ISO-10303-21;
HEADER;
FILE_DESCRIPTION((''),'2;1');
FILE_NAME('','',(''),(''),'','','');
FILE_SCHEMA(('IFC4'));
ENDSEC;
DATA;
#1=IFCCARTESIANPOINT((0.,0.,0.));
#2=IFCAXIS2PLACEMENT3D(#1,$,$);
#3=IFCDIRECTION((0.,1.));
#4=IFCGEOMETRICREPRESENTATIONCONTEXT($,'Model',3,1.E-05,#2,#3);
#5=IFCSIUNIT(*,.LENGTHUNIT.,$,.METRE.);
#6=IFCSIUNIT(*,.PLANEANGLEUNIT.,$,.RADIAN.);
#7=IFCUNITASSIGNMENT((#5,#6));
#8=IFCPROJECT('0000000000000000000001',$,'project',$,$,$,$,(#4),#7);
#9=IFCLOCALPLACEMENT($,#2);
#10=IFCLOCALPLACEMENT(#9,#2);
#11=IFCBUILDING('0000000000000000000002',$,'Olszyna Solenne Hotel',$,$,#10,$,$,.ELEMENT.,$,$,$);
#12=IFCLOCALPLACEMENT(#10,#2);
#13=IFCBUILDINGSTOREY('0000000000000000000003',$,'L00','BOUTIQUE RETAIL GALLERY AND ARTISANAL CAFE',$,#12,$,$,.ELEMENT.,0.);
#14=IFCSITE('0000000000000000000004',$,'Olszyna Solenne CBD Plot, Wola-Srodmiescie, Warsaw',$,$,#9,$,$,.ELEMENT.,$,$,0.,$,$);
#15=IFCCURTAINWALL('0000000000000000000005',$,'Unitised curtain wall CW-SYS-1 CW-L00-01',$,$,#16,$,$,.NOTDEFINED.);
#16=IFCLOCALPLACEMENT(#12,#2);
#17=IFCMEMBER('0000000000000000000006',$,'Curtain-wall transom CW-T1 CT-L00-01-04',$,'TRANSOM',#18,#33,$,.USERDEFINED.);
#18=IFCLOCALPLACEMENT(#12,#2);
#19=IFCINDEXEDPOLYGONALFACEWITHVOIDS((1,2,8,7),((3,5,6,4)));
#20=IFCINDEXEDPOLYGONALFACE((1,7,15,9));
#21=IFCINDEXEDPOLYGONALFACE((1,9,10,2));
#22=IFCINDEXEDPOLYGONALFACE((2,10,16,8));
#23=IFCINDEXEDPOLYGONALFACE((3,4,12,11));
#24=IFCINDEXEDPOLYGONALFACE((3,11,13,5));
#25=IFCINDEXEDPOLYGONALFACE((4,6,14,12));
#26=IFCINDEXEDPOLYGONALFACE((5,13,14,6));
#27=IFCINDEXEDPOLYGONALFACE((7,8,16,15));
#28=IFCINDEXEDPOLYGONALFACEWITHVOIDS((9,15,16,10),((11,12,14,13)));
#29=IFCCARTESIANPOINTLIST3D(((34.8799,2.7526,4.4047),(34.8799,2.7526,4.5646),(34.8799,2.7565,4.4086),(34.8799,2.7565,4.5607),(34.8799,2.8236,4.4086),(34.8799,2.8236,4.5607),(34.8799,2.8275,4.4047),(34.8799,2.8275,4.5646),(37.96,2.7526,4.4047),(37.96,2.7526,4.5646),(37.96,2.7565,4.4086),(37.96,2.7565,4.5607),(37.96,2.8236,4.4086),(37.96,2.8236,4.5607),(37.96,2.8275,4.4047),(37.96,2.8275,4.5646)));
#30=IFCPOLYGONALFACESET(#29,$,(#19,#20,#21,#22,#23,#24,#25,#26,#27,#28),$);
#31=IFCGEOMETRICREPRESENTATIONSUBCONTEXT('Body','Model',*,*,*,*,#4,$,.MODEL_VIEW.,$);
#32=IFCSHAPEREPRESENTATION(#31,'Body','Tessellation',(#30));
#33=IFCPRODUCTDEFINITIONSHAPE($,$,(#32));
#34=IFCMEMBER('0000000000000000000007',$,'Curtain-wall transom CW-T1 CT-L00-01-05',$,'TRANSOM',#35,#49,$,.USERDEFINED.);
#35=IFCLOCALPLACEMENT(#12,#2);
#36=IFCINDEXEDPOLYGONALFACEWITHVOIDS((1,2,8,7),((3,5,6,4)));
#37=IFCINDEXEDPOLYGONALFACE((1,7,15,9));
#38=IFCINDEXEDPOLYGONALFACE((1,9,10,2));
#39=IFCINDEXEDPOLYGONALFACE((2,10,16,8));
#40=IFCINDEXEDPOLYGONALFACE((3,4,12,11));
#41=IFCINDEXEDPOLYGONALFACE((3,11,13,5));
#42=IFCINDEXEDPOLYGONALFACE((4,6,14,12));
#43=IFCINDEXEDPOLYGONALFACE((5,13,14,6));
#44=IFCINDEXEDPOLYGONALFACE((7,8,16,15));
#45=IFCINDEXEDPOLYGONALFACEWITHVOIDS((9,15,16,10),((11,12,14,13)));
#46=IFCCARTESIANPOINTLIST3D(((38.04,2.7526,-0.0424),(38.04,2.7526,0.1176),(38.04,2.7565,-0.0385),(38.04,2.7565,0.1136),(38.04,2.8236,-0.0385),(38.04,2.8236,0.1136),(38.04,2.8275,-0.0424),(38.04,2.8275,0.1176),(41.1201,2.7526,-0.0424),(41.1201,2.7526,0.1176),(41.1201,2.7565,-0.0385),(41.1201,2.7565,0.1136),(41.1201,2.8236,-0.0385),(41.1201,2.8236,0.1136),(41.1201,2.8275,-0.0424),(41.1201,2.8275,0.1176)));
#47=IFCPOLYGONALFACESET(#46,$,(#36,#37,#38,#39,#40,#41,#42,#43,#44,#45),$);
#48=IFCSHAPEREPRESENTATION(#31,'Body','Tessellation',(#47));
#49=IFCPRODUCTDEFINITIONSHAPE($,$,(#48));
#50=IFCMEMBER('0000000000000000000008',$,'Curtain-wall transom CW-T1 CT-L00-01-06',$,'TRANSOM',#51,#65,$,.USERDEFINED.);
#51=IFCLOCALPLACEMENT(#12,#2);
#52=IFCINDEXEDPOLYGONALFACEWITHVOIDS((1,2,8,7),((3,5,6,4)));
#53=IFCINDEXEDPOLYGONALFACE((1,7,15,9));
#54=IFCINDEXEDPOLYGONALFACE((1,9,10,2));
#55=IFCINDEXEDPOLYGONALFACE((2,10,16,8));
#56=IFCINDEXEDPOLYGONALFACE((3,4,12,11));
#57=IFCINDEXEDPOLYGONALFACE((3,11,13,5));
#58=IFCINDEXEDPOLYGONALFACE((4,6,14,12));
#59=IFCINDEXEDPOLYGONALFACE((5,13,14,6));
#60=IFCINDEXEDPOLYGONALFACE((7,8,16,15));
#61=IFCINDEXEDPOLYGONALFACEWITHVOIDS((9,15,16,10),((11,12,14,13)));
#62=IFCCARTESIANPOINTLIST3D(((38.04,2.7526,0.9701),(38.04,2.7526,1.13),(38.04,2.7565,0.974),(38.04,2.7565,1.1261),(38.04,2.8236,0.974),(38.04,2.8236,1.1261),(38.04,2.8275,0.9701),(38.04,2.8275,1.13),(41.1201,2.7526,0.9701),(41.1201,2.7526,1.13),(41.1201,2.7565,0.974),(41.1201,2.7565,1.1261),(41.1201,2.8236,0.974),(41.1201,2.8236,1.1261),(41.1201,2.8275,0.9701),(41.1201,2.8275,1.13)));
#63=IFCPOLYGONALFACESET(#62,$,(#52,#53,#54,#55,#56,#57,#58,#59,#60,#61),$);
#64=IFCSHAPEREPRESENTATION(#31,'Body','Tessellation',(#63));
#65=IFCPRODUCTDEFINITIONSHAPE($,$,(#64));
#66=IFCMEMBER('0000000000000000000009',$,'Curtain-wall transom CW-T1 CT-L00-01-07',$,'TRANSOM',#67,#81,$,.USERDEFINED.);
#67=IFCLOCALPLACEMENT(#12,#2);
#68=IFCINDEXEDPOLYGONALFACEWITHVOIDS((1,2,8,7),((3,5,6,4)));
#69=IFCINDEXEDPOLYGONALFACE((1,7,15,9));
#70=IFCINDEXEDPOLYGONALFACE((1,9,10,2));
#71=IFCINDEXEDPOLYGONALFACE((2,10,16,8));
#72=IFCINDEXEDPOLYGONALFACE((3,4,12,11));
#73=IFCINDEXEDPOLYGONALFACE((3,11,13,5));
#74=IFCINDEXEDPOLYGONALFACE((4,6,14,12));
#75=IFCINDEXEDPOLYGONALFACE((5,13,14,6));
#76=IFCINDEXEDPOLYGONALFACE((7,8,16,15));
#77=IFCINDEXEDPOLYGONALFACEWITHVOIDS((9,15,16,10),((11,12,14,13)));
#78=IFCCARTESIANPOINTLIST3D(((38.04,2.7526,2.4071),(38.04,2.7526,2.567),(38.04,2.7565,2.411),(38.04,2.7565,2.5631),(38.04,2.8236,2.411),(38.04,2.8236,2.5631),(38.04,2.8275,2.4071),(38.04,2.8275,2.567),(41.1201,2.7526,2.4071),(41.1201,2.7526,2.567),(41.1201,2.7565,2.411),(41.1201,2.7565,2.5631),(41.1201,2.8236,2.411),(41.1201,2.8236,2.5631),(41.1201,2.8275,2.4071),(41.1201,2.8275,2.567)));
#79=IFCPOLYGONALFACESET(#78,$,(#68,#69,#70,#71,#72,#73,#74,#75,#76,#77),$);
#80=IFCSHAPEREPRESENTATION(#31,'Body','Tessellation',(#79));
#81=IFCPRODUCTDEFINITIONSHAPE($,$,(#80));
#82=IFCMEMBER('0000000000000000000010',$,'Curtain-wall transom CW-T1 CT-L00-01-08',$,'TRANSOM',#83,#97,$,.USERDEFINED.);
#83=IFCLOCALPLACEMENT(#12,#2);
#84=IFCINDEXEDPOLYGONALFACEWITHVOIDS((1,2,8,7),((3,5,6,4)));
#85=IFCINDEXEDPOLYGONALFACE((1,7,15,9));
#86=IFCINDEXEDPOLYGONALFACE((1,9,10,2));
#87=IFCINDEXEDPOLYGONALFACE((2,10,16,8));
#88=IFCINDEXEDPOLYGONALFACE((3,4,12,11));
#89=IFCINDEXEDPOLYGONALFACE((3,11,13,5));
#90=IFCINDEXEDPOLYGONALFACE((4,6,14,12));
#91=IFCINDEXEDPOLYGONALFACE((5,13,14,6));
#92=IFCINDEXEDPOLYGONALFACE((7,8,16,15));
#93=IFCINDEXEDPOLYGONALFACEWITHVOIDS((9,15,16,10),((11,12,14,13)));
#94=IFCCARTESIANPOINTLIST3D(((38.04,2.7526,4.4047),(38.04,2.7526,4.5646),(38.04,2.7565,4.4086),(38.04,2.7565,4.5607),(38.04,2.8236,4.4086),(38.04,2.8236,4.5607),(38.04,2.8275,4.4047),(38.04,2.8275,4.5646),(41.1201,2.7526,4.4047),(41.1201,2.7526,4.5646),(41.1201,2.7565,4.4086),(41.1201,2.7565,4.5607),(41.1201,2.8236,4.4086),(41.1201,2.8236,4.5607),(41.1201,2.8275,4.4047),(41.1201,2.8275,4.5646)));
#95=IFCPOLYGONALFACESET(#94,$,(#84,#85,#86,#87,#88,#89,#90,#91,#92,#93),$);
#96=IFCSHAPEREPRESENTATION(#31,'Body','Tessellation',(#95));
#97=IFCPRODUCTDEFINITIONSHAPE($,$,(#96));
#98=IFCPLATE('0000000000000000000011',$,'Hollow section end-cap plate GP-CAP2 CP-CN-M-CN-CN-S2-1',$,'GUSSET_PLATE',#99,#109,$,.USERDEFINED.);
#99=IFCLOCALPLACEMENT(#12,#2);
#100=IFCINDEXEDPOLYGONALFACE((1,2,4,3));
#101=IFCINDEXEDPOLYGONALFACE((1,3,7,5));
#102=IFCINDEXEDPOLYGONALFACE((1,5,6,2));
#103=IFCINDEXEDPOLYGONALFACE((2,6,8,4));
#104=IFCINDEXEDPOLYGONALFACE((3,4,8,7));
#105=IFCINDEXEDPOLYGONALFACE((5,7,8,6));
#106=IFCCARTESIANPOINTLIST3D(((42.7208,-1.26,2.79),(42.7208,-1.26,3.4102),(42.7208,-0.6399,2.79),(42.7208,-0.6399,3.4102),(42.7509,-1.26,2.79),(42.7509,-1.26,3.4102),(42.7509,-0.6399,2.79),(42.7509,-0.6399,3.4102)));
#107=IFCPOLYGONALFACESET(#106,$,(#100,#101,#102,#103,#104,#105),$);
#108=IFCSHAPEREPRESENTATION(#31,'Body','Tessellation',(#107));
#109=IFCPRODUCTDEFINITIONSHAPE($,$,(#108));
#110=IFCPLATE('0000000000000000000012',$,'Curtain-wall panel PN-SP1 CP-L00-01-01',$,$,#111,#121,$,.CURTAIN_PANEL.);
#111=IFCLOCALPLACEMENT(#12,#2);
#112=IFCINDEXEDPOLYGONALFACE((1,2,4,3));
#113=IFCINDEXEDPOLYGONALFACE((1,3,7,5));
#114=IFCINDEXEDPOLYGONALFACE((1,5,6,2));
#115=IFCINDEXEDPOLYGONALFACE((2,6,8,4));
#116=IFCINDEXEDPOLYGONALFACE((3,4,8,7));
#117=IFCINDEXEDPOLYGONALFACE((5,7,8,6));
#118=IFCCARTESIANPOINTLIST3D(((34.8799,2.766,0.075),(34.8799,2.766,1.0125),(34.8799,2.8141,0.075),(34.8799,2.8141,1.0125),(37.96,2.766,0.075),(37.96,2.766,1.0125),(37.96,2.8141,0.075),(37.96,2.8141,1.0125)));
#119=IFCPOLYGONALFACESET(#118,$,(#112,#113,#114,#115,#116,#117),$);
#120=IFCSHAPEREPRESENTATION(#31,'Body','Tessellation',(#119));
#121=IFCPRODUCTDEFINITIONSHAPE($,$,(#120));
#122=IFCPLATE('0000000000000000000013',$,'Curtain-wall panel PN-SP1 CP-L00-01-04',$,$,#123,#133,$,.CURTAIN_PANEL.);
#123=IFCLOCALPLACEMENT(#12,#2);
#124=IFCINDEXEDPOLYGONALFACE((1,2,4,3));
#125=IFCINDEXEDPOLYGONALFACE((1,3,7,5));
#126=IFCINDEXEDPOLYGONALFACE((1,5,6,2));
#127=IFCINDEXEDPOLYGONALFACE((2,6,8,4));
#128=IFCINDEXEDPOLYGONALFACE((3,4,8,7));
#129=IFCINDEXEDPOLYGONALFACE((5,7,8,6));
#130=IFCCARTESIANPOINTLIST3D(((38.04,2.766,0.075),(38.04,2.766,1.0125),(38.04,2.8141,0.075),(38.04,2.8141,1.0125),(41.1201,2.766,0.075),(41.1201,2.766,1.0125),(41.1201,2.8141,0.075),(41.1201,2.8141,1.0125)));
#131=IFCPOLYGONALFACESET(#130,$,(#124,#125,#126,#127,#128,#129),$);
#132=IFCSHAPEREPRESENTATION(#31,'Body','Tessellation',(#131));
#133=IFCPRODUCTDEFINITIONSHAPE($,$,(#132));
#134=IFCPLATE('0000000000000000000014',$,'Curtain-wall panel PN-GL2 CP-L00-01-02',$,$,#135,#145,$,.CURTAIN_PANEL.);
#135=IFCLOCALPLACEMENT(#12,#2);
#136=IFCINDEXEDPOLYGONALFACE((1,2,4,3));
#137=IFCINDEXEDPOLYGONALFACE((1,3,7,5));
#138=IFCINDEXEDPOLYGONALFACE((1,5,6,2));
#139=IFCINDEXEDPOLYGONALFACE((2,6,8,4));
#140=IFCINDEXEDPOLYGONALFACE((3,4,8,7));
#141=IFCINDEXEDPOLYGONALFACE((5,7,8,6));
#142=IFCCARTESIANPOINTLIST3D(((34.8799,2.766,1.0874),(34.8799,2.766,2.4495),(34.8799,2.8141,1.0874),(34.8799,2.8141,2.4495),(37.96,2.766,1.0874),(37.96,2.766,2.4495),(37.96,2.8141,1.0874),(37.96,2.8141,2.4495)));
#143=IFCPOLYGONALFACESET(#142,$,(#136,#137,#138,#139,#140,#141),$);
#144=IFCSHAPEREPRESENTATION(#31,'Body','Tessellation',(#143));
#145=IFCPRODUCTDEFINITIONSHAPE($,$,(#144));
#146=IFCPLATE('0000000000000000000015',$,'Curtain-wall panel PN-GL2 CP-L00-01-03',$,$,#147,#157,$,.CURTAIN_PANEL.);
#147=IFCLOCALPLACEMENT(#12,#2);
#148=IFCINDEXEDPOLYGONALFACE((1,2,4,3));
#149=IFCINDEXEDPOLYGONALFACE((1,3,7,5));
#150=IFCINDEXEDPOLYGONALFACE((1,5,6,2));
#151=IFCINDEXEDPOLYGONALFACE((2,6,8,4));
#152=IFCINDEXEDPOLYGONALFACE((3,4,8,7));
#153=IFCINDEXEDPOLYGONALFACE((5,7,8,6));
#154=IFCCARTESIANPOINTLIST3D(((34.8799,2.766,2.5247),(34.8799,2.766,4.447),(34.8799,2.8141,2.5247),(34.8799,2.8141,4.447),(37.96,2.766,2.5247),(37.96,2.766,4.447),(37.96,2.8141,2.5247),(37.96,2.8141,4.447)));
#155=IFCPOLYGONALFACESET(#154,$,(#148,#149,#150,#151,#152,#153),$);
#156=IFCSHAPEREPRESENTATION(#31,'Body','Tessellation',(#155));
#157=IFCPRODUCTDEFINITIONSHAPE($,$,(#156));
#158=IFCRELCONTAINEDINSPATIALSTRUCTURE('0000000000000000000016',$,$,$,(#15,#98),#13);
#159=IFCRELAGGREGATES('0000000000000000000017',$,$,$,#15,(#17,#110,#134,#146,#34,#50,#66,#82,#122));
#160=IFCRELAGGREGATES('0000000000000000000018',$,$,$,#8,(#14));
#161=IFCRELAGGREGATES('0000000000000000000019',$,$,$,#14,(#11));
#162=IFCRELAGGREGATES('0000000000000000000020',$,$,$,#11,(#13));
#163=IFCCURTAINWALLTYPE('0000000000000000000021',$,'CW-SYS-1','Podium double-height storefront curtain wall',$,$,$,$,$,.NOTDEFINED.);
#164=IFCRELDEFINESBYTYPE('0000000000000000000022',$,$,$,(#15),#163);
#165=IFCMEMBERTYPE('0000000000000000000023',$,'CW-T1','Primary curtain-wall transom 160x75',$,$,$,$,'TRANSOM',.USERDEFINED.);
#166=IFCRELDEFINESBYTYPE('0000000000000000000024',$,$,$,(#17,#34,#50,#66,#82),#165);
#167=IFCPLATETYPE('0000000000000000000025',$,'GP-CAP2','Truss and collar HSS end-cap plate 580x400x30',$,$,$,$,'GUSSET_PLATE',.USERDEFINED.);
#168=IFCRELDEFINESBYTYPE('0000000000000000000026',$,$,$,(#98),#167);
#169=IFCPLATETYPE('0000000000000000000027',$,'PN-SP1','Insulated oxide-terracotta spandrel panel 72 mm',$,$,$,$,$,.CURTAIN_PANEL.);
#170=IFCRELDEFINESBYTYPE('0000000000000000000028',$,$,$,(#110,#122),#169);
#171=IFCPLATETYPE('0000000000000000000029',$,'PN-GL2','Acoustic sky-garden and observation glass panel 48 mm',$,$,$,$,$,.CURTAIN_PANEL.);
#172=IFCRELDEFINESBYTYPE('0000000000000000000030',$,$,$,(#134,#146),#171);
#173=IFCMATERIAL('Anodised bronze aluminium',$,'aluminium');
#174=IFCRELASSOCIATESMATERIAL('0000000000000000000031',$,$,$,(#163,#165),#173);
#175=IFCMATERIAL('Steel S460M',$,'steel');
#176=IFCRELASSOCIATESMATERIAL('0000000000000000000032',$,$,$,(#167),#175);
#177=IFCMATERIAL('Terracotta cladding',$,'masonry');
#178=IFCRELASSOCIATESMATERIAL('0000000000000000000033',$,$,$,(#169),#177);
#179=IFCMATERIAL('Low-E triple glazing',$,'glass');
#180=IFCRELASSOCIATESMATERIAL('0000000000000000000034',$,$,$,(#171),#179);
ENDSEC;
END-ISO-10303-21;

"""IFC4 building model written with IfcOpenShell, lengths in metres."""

from ifc_helpers import new_model, si_unit, direction, frame, origin, origin_2d, place, context, subcontext, project, spatial, rectangle, hollow_rectangle, extrude, source, transform, mapped, material, material_profile, profile_set, type_object, element, aggregate, save


model = new_model("IFC4")

# Units and contexts
model_context = context("Model", 3, precision=1e-05, world=origin(), true_north=direction((0.0, 1.0)))
body_context = subcontext(model_context, "Body", "Model", "MODEL_VIEW")
ifc_project = project(units=[si_unit("LENGTHUNIT", "METRE"), si_unit("PLANEANGLEUNIT", "RADIAN")], contexts=[model_context])

# Site, building, storey
site_placement = place(None, origin())
site = spatial("IfcSite", under=ifc_project, at=site_placement, Name="Olszyna Solenne CBD Plot, Wola-Srodmiescie, Warsaw", CompositionType="ELEMENT", RefElevation=0.0)
building_placement = place(site_placement, origin())
building = spatial("IfcBuilding", under=site, at=building_placement, Name="Olszyna Solenne Hotel", CompositionType="ELEMENT")
storey_placement = place(building_placement, origin())
storey = spatial("IfcBuildingStorey", under=building, at=storey_placement, Name="L00", Description="BOUTIQUE RETAIL GALLERY AND ARTISANAL CAFE", CompositionType="ELEMENT", Elevation=0.0)

# Curtain wall, members
ifc_material_1 = material(Name="Anodised bronze aluminium", Category="aluminium")
curtain_wall_type = type_object("IfcCurtainWallType", Name="CW-SYS-1", Description="Podium double-height storefront curtain wall", PredefinedType="NOTDEFINED", material=ifc_material_1)
curtain_wall_placement = place(storey_placement, origin())
curtain_wall = element("IfcCurtainWall", 1, at=curtain_wall_placement, inside=storey, type_object=curtain_wall_type, Name="Unitised curtain wall CW-SYS-1 CW-L00-01", PredefinedType="NOTDEFINED")
ifc_material_profile_1 = material_profile(ifc_material_1, hollow_rectangle(XDim=0.075, YDim=0.1599, WallThickness=0.0039, at=origin_2d()), Name="TRAN 160x75x4", Category="load-bearing")
ifc_profile_set_1 = profile_set([ifc_material_profile_1], Name="Anodised bronze aluminium")
member_type_1 = type_object("IfcMemberType", Name="CW-T1", Description="Primary curtain-wall transom 160x75", ElementType="TRANSOM", PredefinedType="USERDEFINED", material=ifc_profile_set_1)
shared_shape_1 = source(origin(), body_context, "Body", "SweptSolid", [
    extrude(hollow_rectangle(XDim=0.075, YDim=0.1599, WallThickness=0.0039, at=origin_2d()), origin(), (0.0, 0.0, 1.0), 3.0801),
])
member_1_placement = place(storey_placement, frame((34.8799, 2.79, 4.4846), z_axis=(1.0, 0.0, 0.0), x_axis=(0.0, 1.0, 0.0)))
member_1 = element("IfcMember", 2, at=member_1_placement, type_object=member_type_1, Name="Curtain-wall transom CW-T1 CT-L00-01-04", ObjectType="TRANSOM", PredefinedType="USERDEFINED", context=body_context, shape_type="MappedRepresentation", body=[
    mapped(shared_shape_1, transform((0.0, 0.0, 0.0), x_axis=(1.0, 0.0, 0.0), y_axis=(0.0, 1.0, 0.0), z_axis=(0.0, 0.0, 1.0), scale=1.0)),
])
member_2_placement = place(storey_placement, frame((38.04, 2.79, 0.0376), z_axis=(1.0, 0.0, 0.0), x_axis=(0.0, 1.0, 0.0)))
member_2 = element("IfcMember", 3, at=member_2_placement, type_object=member_type_1, Name="Curtain-wall transom CW-T1 CT-L00-01-05", ObjectType="TRANSOM", PredefinedType="USERDEFINED", context=body_context, shape_type="MappedRepresentation", body=[
    mapped(shared_shape_1, transform((0.0, 0.0, 0.0), x_axis=(1.0, 0.0, 0.0), y_axis=(0.0, 1.0, 0.0), z_axis=(0.0, 0.0, 1.0), scale=1.0)),
])
member_3_placement = place(storey_placement, frame((38.04, 2.79, 1.05), z_axis=(1.0, 0.0, 0.0), x_axis=(0.0, 1.0, 0.0)))
member_3 = element("IfcMember", 4, at=member_3_placement, type_object=member_type_1, Name="Curtain-wall transom CW-T1 CT-L00-01-06", ObjectType="TRANSOM", PredefinedType="USERDEFINED", context=body_context, shape_type="MappedRepresentation", body=[
    mapped(shared_shape_1, transform((0.0, 0.0, 0.0), x_axis=(1.0, 0.0, 0.0), y_axis=(0.0, 1.0, 0.0), z_axis=(0.0, 0.0, 1.0), scale=1.0)),
])
member_4_placement = place(storey_placement, frame((38.04, 2.79, 2.4871), z_axis=(1.0, 0.0, 0.0), x_axis=(0.0, 1.0, 0.0)))
member_4 = element("IfcMember", 5, at=member_4_placement, type_object=member_type_1, Name="Curtain-wall transom CW-T1 CT-L00-01-07", ObjectType="TRANSOM", PredefinedType="USERDEFINED", context=body_context, shape_type="MappedRepresentation", body=[
    mapped(shared_shape_1, transform((0.0, 0.0, 0.0), x_axis=(1.0, 0.0, 0.0), y_axis=(0.0, 1.0, 0.0), z_axis=(0.0, 0.0, 1.0), scale=1.0)),
])
member_5_placement = place(storey_placement, frame((38.04, 2.79, 4.4846), z_axis=(1.0, 0.0, 0.0), x_axis=(0.0, 1.0, 0.0)))
member_5 = element("IfcMember", 6, at=member_5_placement, type_object=member_type_1, Name="Curtain-wall transom CW-T1 CT-L00-01-08", ObjectType="TRANSOM", PredefinedType="USERDEFINED", context=body_context, shape_type="MappedRepresentation", body=[
    mapped(shared_shape_1, transform((0.0, 0.0, 0.0), x_axis=(1.0, 0.0, 0.0), y_axis=(0.0, 1.0, 0.0), z_axis=(0.0, 0.0, 1.0), scale=1.0)),
])

# Plates
ifc_material_2 = material(Name="Steel S460M", Category="steel")
plate_type_1 = type_object("IfcPlateType", Name="GP-CAP2", Description="Truss and collar HSS end-cap plate 580x400x30", ElementType="GUSSET_PLATE", PredefinedType="USERDEFINED", material=ifc_material_2)
shared_shape_2 = source(origin(), body_context, "Body", "SweptSolid", [
    extrude(rectangle(XDim=0.03, YDim=0.6201, at=origin_2d()), origin(), (0.0, 0.0, 1.0), 0.6201),
])
plate_1_placement = place(storey_placement, frame((42.7358, -0.95, 2.79), z_axis=(0.0, 0.0, 1.0), x_axis=(1.0, 0.0, 0.0)))
element("IfcPlate", 7, at=plate_1_placement, inside=storey, type_object=plate_type_1, Name="Hollow section end-cap plate GP-CAP2 CP-CN-M-CN-CN-S2-1", ObjectType="GUSSET_PLATE", PredefinedType="USERDEFINED", context=body_context, shape_type="MappedRepresentation", body=[
    mapped(shared_shape_2, transform((0.0, 0.0, 0.0), x_axis=(1.0, 0.0, 0.0), y_axis=(0.0, 1.0, 0.0), z_axis=(0.0, 0.0, 1.0), scale=1.0)),
])
ifc_material_3 = material(Name="Terracotta cladding", Category="masonry")
plate_type_2 = type_object("IfcPlateType", Name="PN-SP1", Description="Insulated oxide-terracotta spandrel panel 72 mm", PredefinedType="CURTAIN_PANEL", material=ifc_material_3)
shared_shape_3 = source(origin(), body_context, "Body", "SweptSolid", [
    extrude(rectangle(XDim=3.0801, YDim=0.0481, at=origin_2d()), origin(), (0.0, 0.0, 1.0), 0.9375),
])
plate_2_placement = place(storey_placement, frame((36.4199, 2.79, 0.075), z_axis=(0.0, 0.0, 1.0), x_axis=(1.0, 0.0, 0.0)))
plate_2 = element("IfcPlate", 8, at=plate_2_placement, type_object=plate_type_2, Name="Curtain-wall panel PN-SP1 CP-L00-01-01", PredefinedType="CURTAIN_PANEL", context=body_context, shape_type="MappedRepresentation", body=[
    mapped(shared_shape_3, transform((0.0, 0.0, 0.0), x_axis=(1.0, 0.0, 0.0), y_axis=(0.0, 1.0, 0.0), z_axis=(0.0, 0.0, 1.0), scale=1.0)),
])
plate_3_placement = place(storey_placement, frame((39.5801, 2.79, 0.075), z_axis=(0.0, 0.0, 1.0), x_axis=(1.0, 0.0, 0.0)))
plate_3 = element("IfcPlate", 9, at=plate_3_placement, type_object=plate_type_2, Name="Curtain-wall panel PN-SP1 CP-L00-01-04", PredefinedType="CURTAIN_PANEL", context=body_context, shape_type="MappedRepresentation", body=[
    mapped(shared_shape_3, transform((0.0, 0.0, 0.0), x_axis=(1.0, 0.0, 0.0), y_axis=(0.0, 1.0, 0.0), z_axis=(0.0, 0.0, 1.0), scale=1.0)),
])
ifc_material_4 = material(Name="Low-E triple glazing", Category="glass")
plate_type_3 = type_object("IfcPlateType", Name="PN-GL2", Description="Acoustic sky-garden and observation glass panel 48 mm", PredefinedType="CURTAIN_PANEL", material=ifc_material_4)
shared_shape_4 = source(origin(), body_context, "Body", "SweptSolid", [
    extrude(rectangle(XDim=3.0801, YDim=0.0481, at=origin_2d()), origin(), (0.0, 0.0, 1.0), 1.3621),
])
plate_4_placement = place(storey_placement, frame((36.4199, 2.79, 1.0874), z_axis=(0.0, 0.0, 1.0), x_axis=(1.0, 0.0, 0.0)))
plate_4 = element("IfcPlate", 10, at=plate_4_placement, type_object=plate_type_3, Name="Curtain-wall panel PN-GL2 CP-L00-01-02", PredefinedType="CURTAIN_PANEL", context=body_context, shape_type="MappedRepresentation", body=[
    mapped(shared_shape_4, transform((0.0, 0.0, 0.0), x_axis=(1.0, 0.0, 0.0), y_axis=(0.0, 1.0, 0.0), z_axis=(0.0, 0.0, 1.0), scale=1.0)),
])
shared_shape_5 = source(origin(), body_context, "Body", "SweptSolid", [
    extrude(rectangle(XDim=3.0801, YDim=0.0481, at=origin_2d()), origin(), (0.0, 0.0, 1.0), 1.9224),
])
plate_5_placement = place(storey_placement, frame((36.4199, 2.79, 2.5247), z_axis=(0.0, 0.0, 1.0), x_axis=(1.0, 0.0, 0.0)))
plate_5 = element("IfcPlate", 11, at=plate_5_placement, type_object=plate_type_3, Name="Curtain-wall panel PN-GL2 CP-L00-01-03", PredefinedType="CURTAIN_PANEL", context=body_context, shape_type="MappedRepresentation", body=[
    mapped(shared_shape_5, transform((0.0, 0.0, 0.0), x_axis=(1.0, 0.0, 0.0), y_axis=(0.0, 1.0, 0.0), z_axis=(0.0, 0.0, 1.0), scale=1.0)),
])
aggregate(curtain_wall, [member_1, plate_2, plate_4, plate_5, member_2, member_3, member_4, member_5, plate_3])

save(model, "model.ifc")
